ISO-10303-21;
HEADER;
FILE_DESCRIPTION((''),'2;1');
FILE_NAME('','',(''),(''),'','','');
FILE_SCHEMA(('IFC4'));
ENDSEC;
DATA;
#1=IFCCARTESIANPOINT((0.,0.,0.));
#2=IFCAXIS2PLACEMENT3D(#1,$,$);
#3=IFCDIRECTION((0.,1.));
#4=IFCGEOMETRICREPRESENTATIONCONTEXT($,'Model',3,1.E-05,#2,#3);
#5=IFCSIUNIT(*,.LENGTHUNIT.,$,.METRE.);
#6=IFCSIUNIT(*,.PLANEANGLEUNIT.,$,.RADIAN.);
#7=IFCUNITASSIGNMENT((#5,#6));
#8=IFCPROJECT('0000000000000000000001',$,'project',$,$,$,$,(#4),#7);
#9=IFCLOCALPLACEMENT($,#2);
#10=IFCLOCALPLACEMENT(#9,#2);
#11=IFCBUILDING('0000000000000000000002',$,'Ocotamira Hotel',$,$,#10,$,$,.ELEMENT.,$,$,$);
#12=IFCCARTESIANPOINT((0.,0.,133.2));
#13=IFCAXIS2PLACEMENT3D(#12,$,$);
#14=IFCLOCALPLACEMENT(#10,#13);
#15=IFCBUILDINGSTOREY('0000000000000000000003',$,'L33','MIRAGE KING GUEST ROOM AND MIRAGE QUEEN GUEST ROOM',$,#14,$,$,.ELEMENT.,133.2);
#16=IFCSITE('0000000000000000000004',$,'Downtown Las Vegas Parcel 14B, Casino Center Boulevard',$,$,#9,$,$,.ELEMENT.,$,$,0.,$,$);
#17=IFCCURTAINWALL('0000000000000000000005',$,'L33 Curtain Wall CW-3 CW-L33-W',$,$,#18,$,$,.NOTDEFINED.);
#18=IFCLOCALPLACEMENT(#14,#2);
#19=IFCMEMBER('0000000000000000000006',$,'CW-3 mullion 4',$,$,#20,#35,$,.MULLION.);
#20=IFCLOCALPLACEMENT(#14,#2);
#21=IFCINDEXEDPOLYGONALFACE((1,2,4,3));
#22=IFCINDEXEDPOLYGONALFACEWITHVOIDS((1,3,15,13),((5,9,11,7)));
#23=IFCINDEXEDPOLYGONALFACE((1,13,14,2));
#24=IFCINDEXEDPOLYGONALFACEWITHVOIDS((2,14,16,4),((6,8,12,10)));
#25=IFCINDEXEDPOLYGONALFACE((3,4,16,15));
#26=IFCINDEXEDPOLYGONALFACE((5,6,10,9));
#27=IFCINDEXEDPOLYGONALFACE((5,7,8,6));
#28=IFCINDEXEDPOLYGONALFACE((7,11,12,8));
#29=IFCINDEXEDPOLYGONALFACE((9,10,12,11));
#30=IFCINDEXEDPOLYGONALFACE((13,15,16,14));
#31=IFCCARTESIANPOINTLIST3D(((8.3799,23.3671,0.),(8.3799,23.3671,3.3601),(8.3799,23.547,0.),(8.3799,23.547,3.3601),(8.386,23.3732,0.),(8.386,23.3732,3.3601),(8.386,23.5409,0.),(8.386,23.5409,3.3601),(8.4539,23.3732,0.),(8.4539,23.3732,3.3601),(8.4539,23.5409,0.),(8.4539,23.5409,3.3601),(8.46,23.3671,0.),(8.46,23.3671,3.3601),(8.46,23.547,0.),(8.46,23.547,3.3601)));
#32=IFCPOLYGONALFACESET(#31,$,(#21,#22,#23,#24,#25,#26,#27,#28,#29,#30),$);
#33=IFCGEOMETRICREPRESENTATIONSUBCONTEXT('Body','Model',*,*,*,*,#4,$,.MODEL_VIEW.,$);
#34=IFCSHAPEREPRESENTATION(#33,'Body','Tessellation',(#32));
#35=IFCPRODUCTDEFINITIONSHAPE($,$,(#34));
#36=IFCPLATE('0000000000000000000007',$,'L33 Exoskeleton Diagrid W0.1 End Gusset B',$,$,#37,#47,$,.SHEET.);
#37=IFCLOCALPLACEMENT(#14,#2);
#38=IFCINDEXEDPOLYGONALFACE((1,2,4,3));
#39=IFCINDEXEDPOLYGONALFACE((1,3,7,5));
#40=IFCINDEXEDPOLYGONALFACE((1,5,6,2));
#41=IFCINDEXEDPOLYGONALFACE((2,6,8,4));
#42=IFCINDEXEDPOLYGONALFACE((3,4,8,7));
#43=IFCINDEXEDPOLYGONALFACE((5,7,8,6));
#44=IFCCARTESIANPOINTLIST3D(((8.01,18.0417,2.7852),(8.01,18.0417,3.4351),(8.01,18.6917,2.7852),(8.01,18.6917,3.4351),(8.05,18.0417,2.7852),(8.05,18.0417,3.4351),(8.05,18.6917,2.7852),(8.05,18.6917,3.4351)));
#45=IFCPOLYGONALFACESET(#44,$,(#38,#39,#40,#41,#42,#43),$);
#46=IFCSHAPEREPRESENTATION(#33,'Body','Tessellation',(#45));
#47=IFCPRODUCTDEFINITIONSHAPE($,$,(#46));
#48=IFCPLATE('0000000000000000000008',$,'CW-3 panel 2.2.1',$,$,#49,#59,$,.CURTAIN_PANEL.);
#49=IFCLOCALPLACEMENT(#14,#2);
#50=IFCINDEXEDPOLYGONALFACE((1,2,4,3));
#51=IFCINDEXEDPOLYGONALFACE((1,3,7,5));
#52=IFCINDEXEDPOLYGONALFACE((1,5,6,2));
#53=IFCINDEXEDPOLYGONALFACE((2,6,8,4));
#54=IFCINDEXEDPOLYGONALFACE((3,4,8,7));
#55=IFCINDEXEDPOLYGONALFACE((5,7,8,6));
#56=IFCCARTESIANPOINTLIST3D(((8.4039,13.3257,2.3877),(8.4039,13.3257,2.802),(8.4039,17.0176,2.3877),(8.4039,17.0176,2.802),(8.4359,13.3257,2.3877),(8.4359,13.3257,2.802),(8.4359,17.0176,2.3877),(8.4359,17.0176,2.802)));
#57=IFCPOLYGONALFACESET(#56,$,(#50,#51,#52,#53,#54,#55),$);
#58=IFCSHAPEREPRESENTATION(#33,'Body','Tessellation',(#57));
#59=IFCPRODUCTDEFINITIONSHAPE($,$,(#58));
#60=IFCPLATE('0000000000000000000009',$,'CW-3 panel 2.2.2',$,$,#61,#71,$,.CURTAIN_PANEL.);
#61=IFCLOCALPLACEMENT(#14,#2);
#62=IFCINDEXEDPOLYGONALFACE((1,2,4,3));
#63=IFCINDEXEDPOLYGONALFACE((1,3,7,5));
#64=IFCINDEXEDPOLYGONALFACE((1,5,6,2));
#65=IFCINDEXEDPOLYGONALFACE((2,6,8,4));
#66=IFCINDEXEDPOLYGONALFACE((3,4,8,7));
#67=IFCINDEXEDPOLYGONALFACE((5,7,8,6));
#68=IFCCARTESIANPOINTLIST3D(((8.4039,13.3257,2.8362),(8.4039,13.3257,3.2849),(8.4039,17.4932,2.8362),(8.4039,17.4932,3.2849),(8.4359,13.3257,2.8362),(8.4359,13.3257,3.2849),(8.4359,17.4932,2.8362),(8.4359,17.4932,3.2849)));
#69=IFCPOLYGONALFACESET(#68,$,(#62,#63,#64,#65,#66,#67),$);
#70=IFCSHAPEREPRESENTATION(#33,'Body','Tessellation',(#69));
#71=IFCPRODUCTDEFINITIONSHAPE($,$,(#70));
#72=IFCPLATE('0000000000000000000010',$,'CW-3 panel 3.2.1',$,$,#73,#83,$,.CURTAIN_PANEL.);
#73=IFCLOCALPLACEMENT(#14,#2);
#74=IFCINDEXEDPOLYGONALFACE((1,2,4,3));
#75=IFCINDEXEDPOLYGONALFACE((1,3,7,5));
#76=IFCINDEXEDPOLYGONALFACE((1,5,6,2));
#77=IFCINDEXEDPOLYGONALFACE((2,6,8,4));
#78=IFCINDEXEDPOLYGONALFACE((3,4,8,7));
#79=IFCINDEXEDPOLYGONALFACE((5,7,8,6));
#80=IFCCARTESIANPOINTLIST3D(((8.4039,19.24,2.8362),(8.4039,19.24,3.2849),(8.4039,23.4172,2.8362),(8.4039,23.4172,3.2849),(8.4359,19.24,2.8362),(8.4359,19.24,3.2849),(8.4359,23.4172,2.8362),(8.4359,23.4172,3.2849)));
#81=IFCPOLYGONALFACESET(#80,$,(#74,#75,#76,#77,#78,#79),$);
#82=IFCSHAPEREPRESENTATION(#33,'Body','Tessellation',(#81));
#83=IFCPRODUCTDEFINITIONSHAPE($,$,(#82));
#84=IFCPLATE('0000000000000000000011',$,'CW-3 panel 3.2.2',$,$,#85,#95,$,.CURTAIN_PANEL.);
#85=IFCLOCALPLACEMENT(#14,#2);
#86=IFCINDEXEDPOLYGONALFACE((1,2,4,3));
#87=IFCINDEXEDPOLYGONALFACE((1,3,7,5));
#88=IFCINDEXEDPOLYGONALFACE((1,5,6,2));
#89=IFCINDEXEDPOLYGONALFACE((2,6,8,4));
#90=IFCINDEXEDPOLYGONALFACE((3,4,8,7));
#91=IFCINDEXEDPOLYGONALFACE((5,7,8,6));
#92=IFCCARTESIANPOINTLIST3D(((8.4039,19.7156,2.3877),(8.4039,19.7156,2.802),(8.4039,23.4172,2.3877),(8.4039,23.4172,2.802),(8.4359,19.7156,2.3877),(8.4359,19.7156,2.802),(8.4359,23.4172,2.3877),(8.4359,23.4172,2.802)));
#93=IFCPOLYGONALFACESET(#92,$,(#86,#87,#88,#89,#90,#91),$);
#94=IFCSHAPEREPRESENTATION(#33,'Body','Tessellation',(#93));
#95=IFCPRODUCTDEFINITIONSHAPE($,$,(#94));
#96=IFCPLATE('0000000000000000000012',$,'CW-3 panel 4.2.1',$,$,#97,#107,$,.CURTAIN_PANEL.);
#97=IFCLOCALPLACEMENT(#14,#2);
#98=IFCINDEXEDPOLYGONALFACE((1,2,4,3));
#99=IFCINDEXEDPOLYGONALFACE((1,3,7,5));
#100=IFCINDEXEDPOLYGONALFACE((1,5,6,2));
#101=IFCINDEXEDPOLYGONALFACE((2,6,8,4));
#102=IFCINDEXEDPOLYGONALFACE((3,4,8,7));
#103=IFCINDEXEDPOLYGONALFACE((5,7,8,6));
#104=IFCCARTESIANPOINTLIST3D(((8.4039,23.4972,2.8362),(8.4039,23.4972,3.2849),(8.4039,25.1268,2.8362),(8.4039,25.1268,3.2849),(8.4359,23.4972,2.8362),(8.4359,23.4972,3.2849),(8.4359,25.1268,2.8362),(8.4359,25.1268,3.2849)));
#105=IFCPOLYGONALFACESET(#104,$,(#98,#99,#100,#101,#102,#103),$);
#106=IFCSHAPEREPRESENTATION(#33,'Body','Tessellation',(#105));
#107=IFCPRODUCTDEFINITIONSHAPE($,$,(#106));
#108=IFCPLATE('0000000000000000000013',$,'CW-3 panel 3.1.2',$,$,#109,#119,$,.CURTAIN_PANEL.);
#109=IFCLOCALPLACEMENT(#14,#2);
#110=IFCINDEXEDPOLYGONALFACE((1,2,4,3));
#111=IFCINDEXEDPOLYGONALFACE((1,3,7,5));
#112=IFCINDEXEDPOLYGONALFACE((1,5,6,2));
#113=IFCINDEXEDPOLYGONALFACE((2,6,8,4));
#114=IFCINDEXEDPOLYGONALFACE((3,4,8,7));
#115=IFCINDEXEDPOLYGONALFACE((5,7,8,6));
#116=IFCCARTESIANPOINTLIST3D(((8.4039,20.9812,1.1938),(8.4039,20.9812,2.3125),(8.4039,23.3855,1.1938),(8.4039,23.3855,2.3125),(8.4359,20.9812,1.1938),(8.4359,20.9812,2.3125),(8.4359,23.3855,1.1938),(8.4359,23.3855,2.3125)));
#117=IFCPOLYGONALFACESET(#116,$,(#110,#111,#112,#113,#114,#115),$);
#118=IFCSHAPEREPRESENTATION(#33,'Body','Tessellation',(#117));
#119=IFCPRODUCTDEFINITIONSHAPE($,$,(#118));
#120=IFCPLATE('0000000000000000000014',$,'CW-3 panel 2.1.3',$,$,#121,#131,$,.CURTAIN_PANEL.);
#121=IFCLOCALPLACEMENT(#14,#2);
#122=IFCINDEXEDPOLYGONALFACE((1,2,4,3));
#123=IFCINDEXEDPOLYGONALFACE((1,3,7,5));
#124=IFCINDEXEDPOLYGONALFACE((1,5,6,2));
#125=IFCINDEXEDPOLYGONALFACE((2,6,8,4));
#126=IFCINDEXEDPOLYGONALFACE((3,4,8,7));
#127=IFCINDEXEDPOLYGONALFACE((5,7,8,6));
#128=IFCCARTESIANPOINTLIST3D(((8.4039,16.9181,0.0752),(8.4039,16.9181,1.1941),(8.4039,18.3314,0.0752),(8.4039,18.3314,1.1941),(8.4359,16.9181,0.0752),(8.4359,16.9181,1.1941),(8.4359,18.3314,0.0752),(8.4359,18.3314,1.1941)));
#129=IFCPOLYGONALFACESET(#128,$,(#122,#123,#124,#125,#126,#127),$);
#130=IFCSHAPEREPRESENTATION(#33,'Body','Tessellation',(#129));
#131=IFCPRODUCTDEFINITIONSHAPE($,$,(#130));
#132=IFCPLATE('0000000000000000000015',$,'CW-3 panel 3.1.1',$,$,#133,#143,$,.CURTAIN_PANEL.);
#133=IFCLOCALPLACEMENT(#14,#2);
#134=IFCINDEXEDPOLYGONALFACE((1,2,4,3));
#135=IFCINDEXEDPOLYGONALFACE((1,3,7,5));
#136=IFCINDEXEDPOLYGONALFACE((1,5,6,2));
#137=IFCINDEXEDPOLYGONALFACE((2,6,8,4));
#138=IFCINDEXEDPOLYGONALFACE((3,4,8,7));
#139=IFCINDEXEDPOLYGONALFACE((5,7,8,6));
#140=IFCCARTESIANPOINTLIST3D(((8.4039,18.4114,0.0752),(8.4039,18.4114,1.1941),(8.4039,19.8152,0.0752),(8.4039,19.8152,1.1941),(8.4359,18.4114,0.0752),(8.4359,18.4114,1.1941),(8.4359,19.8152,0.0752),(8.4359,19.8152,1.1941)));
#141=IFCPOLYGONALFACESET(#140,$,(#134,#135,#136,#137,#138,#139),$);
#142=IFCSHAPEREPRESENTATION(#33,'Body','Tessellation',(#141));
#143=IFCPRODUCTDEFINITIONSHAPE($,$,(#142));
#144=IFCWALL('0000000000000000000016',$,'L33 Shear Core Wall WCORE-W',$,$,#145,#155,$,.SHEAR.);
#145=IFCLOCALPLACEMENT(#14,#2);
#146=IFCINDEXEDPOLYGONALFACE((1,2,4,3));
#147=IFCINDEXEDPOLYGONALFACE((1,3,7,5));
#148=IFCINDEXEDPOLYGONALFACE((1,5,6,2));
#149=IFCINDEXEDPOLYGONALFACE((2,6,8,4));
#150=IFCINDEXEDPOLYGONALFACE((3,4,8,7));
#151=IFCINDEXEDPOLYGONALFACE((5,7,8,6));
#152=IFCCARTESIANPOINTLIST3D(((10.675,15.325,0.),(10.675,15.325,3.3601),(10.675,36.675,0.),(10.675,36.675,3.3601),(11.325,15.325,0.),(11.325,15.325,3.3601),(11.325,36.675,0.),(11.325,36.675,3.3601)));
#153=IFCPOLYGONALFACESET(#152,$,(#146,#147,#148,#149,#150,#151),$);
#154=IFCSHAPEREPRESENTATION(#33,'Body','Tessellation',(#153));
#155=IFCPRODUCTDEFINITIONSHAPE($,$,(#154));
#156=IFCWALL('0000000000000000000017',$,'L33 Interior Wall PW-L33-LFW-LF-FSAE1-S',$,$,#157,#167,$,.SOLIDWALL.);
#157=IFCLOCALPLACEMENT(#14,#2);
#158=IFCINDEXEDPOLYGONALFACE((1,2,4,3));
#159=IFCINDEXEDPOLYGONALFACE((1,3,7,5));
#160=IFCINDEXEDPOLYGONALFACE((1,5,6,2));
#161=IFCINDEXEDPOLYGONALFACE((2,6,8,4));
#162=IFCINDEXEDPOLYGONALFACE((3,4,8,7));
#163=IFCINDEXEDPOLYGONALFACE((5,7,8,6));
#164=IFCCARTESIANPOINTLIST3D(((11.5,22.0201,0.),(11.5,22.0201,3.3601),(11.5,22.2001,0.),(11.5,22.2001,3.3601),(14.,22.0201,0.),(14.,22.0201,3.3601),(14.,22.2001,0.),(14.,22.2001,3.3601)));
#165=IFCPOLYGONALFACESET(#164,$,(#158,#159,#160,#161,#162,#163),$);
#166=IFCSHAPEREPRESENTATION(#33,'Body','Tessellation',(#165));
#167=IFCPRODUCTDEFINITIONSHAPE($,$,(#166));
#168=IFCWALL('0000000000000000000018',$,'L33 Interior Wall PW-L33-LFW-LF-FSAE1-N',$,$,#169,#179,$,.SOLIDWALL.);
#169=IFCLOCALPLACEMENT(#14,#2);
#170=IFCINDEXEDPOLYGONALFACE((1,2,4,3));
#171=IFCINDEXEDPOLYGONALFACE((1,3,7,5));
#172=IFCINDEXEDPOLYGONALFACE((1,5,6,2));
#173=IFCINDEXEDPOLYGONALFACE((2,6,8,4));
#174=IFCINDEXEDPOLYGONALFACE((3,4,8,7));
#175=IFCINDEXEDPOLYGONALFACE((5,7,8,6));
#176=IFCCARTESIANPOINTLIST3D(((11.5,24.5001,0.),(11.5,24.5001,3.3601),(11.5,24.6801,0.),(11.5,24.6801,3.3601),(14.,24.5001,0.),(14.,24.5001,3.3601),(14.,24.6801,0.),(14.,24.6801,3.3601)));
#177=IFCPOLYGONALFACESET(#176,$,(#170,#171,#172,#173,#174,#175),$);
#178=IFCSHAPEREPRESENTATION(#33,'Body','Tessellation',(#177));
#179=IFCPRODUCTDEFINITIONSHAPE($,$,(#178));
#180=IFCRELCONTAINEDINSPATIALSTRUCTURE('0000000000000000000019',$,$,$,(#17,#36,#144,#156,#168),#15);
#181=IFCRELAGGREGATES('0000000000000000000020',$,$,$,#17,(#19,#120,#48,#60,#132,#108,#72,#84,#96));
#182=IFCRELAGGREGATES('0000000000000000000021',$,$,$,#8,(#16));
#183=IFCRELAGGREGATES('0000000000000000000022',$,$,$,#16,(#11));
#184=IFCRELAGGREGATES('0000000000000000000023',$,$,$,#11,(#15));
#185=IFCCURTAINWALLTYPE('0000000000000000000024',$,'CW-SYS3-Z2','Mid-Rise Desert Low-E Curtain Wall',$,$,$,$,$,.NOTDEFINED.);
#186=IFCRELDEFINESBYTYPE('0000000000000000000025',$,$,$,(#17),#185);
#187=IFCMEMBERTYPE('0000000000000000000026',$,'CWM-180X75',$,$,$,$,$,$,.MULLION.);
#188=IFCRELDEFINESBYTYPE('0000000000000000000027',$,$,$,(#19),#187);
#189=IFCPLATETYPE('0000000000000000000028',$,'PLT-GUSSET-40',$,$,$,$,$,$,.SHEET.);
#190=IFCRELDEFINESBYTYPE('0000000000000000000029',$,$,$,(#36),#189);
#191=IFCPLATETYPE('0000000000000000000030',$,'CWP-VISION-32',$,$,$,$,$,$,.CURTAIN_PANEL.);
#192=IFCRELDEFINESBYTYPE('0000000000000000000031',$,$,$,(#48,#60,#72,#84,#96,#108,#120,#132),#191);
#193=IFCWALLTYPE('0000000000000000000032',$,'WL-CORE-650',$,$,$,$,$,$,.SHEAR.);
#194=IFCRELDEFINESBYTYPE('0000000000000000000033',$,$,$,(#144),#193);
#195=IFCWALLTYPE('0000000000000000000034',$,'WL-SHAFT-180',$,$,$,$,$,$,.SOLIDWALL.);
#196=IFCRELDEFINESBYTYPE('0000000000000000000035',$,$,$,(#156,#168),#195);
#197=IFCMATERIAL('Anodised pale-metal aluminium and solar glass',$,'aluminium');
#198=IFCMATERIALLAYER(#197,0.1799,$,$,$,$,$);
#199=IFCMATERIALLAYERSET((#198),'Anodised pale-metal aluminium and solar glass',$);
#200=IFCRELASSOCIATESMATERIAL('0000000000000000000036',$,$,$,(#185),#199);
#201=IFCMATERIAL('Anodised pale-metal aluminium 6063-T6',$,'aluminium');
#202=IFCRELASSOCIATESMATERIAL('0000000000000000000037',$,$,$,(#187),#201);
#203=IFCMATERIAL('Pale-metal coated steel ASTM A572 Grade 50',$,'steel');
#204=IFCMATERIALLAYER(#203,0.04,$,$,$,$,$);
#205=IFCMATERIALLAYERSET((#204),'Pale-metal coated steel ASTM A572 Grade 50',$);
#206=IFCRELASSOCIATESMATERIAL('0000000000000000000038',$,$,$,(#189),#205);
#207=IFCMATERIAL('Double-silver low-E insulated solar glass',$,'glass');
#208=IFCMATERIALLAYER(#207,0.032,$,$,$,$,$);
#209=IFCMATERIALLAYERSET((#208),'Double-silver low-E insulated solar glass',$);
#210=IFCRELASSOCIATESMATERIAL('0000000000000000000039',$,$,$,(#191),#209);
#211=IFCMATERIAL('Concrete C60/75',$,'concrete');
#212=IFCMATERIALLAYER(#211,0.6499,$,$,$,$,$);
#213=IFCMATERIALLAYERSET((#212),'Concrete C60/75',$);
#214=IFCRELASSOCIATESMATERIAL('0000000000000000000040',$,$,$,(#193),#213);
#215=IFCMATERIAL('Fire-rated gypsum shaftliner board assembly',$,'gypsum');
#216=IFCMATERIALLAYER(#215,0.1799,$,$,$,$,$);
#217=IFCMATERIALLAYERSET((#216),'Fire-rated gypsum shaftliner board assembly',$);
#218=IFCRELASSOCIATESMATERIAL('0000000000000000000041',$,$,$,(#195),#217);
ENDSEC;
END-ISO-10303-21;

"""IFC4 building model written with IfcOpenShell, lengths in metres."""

from ifc_helpers import new_model, si_unit, direction, frame, frame_2d, origin, origin_2d, place, context, subcontext, project, spatial, rectangle, hollow_rectangle, extrude, source, transform, mapped, material, layer, layer_set, material_profile, profile_set, type_object, element, aggregate, save


model = new_model("IFC4")

# Units and contexts
model_context = context("Model", 3, precision=1e-05, world=origin(), true_north=direction((0.0, 1.0)))
body_context = subcontext(model_context, "Body", "Model", "MODEL_VIEW")
ifc_project = project(units=[si_unit("LENGTHUNIT", "METRE"), si_unit("PLANEANGLEUNIT", "RADIAN")], contexts=[model_context])

# Site, building, storey
site_placement = place(None, origin())
site = spatial("IfcSite", under=ifc_project, at=site_placement, Name="Downtown Las Vegas Parcel 14B, Casino Center Boulevard", CompositionType="ELEMENT", RefElevation=0.0)
building_placement = place(site_placement, origin())
building = spatial("IfcBuilding", under=site, at=building_placement, Name="Ocotamira Hotel", CompositionType="ELEMENT")
storey_placement = place(building_placement, frame((0.0, 0.0, 133.2)))
storey = spatial("IfcBuildingStorey", under=building, at=storey_placement, Name="L33", Description="MIRAGE KING GUEST ROOM AND MIRAGE QUEEN GUEST ROOM", CompositionType="ELEMENT", Elevation=133.2)

# Shared definitions
ifc_material_1 = material(Name="Concrete C60/75", Category="concrete")

# Curtain wall, member
ifc_material_2 = material(Name="Anodised pale-metal aluminium and solar glass", Category="aluminium")
ifc_layer_1 = layer(ifc_material_2, 0.1799)
ifc_layer_set_1 = layer_set([ifc_layer_1], Name="Anodised pale-metal aluminium and solar glass")
curtain_wall_type = type_object("IfcCurtainWallType", Name="CW-SYS3-Z2", Description="Mid-Rise Desert Low-E Curtain Wall", PredefinedType="NOTDEFINED", material=ifc_layer_set_1)
curtain_wall_placement = place(storey_placement, origin())
curtain_wall = element("IfcCurtainWall", 1, at=curtain_wall_placement, inside=storey, type_object=curtain_wall_type, Name="L33 Curtain Wall CW-3 CW-L33-W", PredefinedType="NOTDEFINED")
ifc_material_3 = material(Name="Anodised pale-metal aluminium 6063-T6", Category="aluminium")
ifc_material_profile_1 = material_profile(ifc_material_3, hollow_rectangle(XDim=0.0801, YDim=0.1799, WallThickness=0.0061, at=origin_2d()), Name="HSS180X80X6")
ifc_profile_set_1 = profile_set([ifc_material_profile_1], Name="Anodised pale-metal aluminium 6063-T6")
member_type_1 = type_object("IfcMemberType", Name="CWM-180X75", PredefinedType="MULLION", material=ifc_profile_set_1)
shared_shape_1 = source(origin(), body_context, "Body", "SweptSolid", [
    extrude(hollow_rectangle(XDim=0.0801, YDim=0.1799, WallThickness=0.0061, at=origin_2d()), origin(), (0.0, 0.0, 1.0), 3.3601),
])
member_1_placement = place(storey_placement, frame((8.4199, 23.457, 0.0), z_axis=(0.0, 0.0, 1.0), x_axis=(-1.0, 0.0, 0.0)))
member_1 = element("IfcMember", 2, at=member_1_placement, type_object=member_type_1, Name="CW-3 mullion 4", PredefinedType="MULLION", context=body_context, shape_type="MappedRepresentation", body=[
    mapped(shared_shape_1, transform((0.0, 0.0, 0.0), scale=1.0)),
])

# Plates
ifc_material_4 = material(Name="Pale-metal coated steel ASTM A572 Grade 50", Category="steel")
ifc_layer_2 = layer(ifc_material_4, 0.04)
ifc_layer_set_2 = layer_set([ifc_layer_2], Name="Pale-metal coated steel ASTM A572 Grade 50")
plate_type_1 = type_object("IfcPlateType", Name="PLT-GUSSET-40", PredefinedType="SHEET", material=ifc_layer_set_2)
shared_shape_2 = source(origin(), body_context, "Body", "SweptSolid", [
    extrude(rectangle(XDim=0.04, YDim=0.6499, at=origin_2d()), origin(), (0.0, 0.0, 1.0), 0.6499),
])
plate_1_placement = place(storey_placement, frame((8.03, 18.3667, 2.7852), z_axis=(0.0, 0.0, 1.0), x_axis=(1.0, 0.0, 0.0)))
element("IfcPlate", 3, at=plate_1_placement, inside=storey, type_object=plate_type_1, Name="L33 Exoskeleton Diagrid W0.1 End Gusset B", PredefinedType="SHEET", context=body_context, shape_type="MappedRepresentation", body=[
    mapped(shared_shape_2, transform((0.0, 0.0, 0.0), scale=1.0)),
])
ifc_material_5 = material(Name="Double-silver low-E insulated solar glass", Category="glass")
ifc_layer_3 = layer(ifc_material_5, 0.032)
ifc_layer_set_3 = layer_set([ifc_layer_3], Name="Double-silver low-E insulated solar glass")
plate_type_2 = type_object("IfcPlateType", Name="CWP-VISION-32", PredefinedType="CURTAIN_PANEL", material=ifc_layer_set_3)
shared_shape_3 = source(origin(), body_context, "Body", "SweptSolid", [
    extrude(rectangle(XDim=3.6919, YDim=0.032, at=origin_2d()), origin(), (0.0, 0.0, 1.0), 0.4143),
])
plate_2_placement = place(storey_placement, frame((8.4199, 15.1716, 2.3877), z_axis=(0.0, 0.0, 1.0), x_axis=(0.0, 1.0, 0.0)))
plate_2 = element("IfcPlate", 4, at=plate_2_placement, type_object=plate_type_2, Name="CW-3 panel 2.2.1", PredefinedType="CURTAIN_PANEL", context=body_context, shape_type="MappedRepresentation", body=[
    mapped(shared_shape_3, transform((0.0, 0.0, 0.0), scale=1.0)),
])
shared_shape_4 = source(origin(), body_context, "Body", "SweptSolid", [
    extrude(rectangle(XDim=4.1675, YDim=0.032, at=origin_2d()), origin(), (0.0, 0.0, 1.0), 0.4487),
])
plate_3_placement = place(storey_placement, frame((8.4199, 15.4094, 2.8362), z_axis=(0.0, 0.0, 1.0), x_axis=(0.0, 1.0, 0.0)))
plate_3 = element("IfcPlate", 5, at=plate_3_placement, type_object=plate_type_2, Name="CW-3 panel 2.2.2", PredefinedType="CURTAIN_PANEL", context=body_context, shape_type="MappedRepresentation", body=[
    mapped(shared_shape_4, transform((0.0, 0.0, 0.0), scale=1.0)),
])
shared_shape_5 = source(origin(), body_context, "Body", "SweptSolid", [
    extrude(rectangle(XDim=4.1772, YDim=0.032, at=origin_2d()), origin(), (0.0, 0.0, 1.0), 0.4487),
])
plate_4_placement = place(storey_placement, frame((8.4199, 21.3286, 2.8362), z_axis=(0.0, 0.0, 1.0), x_axis=(0.0, 1.0, 0.0)))
plate_4 = element("IfcPlate", 6, at=plate_4_placement, type_object=plate_type_2, Name="CW-3 panel 3.2.1", PredefinedType="CURTAIN_PANEL", context=body_context, shape_type="MappedRepresentation", body=[
    mapped(shared_shape_5, transform((0.0, 0.0, 0.0), scale=1.0)),
])
shared_shape_6 = source(origin(), body_context, "Body", "SweptSolid", [
    extrude(rectangle(XDim=3.7017, YDim=0.032, at=origin_2d()), origin(), (0.0, 0.0, 1.0), 0.4143),
])
plate_5_placement = place(storey_placement, frame((8.4199, 21.5664, 2.3877), z_axis=(0.0, 0.0, 1.0), x_axis=(0.0, 1.0, 0.0)))
plate_5 = element("IfcPlate", 7, at=plate_5_placement, type_object=plate_type_2, Name="CW-3 panel 3.2.2", PredefinedType="CURTAIN_PANEL", context=body_context, shape_type="MappedRepresentation", body=[
    mapped(shared_shape_6, transform((0.0, 0.0, 0.0), scale=1.0)),
])
shared_shape_7 = source(origin(), body_context, "Body", "SweptSolid", [
    extrude(rectangle(XDim=1.6296, YDim=0.032, at=origin_2d()), origin(), (0.0, 0.0, 1.0), 0.4487),
])
plate_6_placement = place(storey_placement, frame((8.4199, 24.312, 2.8362), z_axis=(0.0, 0.0, 1.0), x_axis=(0.0, 1.0, 0.0)))
plate_6 = element("IfcPlate", 8, at=plate_6_placement, type_object=plate_type_2, Name="CW-3 panel 4.2.1", PredefinedType="CURTAIN_PANEL", context=body_context, shape_type="MappedRepresentation", body=[
    mapped(shared_shape_7, transform((0.0, 0.0, 0.0), scale=1.0)),
])
shared_shape_8 = source(origin(), body_context, "Body", "SweptSolid", [
    extrude(rectangle(XDim=2.4043, YDim=0.032, at=origin_2d()), origin(), (0.0, 0.0, 1.0), 1.1187),
])
plate_7_placement = place(storey_placement, frame((8.4199, 22.1833, 1.1938), z_axis=(0.0, 0.0, 1.0), x_axis=(0.0, 1.0, 0.0)))
plate_7 = element("IfcPlate", 9, at=plate_7_placement, type_object=plate_type_2, Name="CW-3 panel 3.1.2", PredefinedType="CURTAIN_PANEL", context=body_context, shape_type="MappedRepresentation", body=[
    mapped(shared_shape_8, transform((0.0, 0.0, 0.0), scale=1.0)),
])
shared_shape_9 = source(origin(), body_context, "Body", "SweptSolid", [
    extrude(rectangle(XDim=1.4133, YDim=0.032, at=origin_2d()), origin(), (0.0, 0.0, 1.0), 1.1189),
])
plate_8_placement = place(storey_placement, frame((8.4199, 17.6248, 0.0752), z_axis=(0.0, 0.0, 1.0), x_axis=(0.0, 1.0, 0.0)))
plate_8 = element("IfcPlate", 10, at=plate_8_placement, type_object=plate_type_2, Name="CW-3 panel 2.1.3", PredefinedType="CURTAIN_PANEL", context=body_context, shape_type="MappedRepresentation", body=[
    mapped(shared_shape_9, transform((0.0, 0.0, 0.0), scale=1.0)),
])
shared_shape_10 = source(origin(), body_context, "Body", "SweptSolid", [
    extrude(rectangle(XDim=1.4038, YDim=0.032, at=origin_2d()), origin(), (0.0, 0.0, 1.0), 1.1189),
])
plate_9_placement = place(storey_placement, frame((8.4199, 19.1133, 0.0752), z_axis=(0.0, 0.0, 1.0), x_axis=(0.0, 1.0, 0.0)))
plate_9 = element("IfcPlate", 11, at=plate_9_placement, type_object=plate_type_2, Name="CW-3 panel 3.1.1", PredefinedType="CURTAIN_PANEL", context=body_context, shape_type="MappedRepresentation", body=[
    mapped(shared_shape_10, transform((0.0, 0.0, 0.0), scale=1.0)),
])
aggregate(curtain_wall, [member_1, plate_8, plate_2, plate_3, plate_9, plate_7, plate_4, plate_5, plate_6])

# Shared definitions
ifc_layer_4 = layer(ifc_material_1, 0.6499)
ifc_layer_set_4 = layer_set([ifc_layer_4], Name="Concrete C60/75")
wall_type_1 = type_object("IfcWallType", Name="WL-CORE-650", PredefinedType="SHEAR", material=ifc_layer_set_4)

# Walls
wall_1_placement = place(storey_placement, frame((11.0, 15.325, 0.0), z_axis=(0.0, 0.0, 1.0), x_axis=(0.0, 1.0, 0.0)))
element("IfcWall", 12, at=wall_1_placement, inside=storey, type_object=wall_type_1, Name="L33 Shear Core Wall WCORE-W", PredefinedType="SHEAR", context=body_context, shape_type="SweptSolid", body=[
    extrude(rectangle(XDim=21.3501, YDim=0.6499, at=frame_2d((10.675, 0.0))), origin(), (0.0, 0.0, 1.0), 3.3601),
])
ifc_material_6 = material(Name="Fire-rated gypsum shaftliner board assembly", Category="gypsum")
ifc_layer_5 = layer(ifc_material_6, 0.1799)
ifc_layer_set_5 = layer_set([ifc_layer_5], Name="Fire-rated gypsum shaftliner board assembly")
wall_type_2 = type_object("IfcWallType", Name="WL-SHAFT-180", PredefinedType="SOLIDWALL", material=ifc_layer_set_5)
for number, where, z_axis, x_axis, name in (
    (13, (11.5, 22.1101, 0.0), (0.0, 0.0, 1.0), (1.0, 0.0, 0.0), "L33 Interior Wall PW-L33-LFW-LF-FSAE1-S"),
    (14, (11.5, 24.5901, 0.0), (0.0, 0.0, 1.0), (1.0, 0.0, 0.0), "L33 Interior Wall PW-L33-LFW-LF-FSAE1-N"),
):
    element("IfcWall", number, at=place(storey_placement, frame(where, z_axis=z_axis, x_axis=x_axis)), inside=storey, type_object=wall_type_2, Name=name, PredefinedType="SOLIDWALL", context=body_context, shape_type="SweptSolid", body=[
        extrude(rectangle(XDim=2.5, YDim=0.1799, at=frame_2d((1.25, 0.0))), origin(), (0.0, 0.0, 1.0), 3.3601),
    ])

save(model, "model.ifc")
